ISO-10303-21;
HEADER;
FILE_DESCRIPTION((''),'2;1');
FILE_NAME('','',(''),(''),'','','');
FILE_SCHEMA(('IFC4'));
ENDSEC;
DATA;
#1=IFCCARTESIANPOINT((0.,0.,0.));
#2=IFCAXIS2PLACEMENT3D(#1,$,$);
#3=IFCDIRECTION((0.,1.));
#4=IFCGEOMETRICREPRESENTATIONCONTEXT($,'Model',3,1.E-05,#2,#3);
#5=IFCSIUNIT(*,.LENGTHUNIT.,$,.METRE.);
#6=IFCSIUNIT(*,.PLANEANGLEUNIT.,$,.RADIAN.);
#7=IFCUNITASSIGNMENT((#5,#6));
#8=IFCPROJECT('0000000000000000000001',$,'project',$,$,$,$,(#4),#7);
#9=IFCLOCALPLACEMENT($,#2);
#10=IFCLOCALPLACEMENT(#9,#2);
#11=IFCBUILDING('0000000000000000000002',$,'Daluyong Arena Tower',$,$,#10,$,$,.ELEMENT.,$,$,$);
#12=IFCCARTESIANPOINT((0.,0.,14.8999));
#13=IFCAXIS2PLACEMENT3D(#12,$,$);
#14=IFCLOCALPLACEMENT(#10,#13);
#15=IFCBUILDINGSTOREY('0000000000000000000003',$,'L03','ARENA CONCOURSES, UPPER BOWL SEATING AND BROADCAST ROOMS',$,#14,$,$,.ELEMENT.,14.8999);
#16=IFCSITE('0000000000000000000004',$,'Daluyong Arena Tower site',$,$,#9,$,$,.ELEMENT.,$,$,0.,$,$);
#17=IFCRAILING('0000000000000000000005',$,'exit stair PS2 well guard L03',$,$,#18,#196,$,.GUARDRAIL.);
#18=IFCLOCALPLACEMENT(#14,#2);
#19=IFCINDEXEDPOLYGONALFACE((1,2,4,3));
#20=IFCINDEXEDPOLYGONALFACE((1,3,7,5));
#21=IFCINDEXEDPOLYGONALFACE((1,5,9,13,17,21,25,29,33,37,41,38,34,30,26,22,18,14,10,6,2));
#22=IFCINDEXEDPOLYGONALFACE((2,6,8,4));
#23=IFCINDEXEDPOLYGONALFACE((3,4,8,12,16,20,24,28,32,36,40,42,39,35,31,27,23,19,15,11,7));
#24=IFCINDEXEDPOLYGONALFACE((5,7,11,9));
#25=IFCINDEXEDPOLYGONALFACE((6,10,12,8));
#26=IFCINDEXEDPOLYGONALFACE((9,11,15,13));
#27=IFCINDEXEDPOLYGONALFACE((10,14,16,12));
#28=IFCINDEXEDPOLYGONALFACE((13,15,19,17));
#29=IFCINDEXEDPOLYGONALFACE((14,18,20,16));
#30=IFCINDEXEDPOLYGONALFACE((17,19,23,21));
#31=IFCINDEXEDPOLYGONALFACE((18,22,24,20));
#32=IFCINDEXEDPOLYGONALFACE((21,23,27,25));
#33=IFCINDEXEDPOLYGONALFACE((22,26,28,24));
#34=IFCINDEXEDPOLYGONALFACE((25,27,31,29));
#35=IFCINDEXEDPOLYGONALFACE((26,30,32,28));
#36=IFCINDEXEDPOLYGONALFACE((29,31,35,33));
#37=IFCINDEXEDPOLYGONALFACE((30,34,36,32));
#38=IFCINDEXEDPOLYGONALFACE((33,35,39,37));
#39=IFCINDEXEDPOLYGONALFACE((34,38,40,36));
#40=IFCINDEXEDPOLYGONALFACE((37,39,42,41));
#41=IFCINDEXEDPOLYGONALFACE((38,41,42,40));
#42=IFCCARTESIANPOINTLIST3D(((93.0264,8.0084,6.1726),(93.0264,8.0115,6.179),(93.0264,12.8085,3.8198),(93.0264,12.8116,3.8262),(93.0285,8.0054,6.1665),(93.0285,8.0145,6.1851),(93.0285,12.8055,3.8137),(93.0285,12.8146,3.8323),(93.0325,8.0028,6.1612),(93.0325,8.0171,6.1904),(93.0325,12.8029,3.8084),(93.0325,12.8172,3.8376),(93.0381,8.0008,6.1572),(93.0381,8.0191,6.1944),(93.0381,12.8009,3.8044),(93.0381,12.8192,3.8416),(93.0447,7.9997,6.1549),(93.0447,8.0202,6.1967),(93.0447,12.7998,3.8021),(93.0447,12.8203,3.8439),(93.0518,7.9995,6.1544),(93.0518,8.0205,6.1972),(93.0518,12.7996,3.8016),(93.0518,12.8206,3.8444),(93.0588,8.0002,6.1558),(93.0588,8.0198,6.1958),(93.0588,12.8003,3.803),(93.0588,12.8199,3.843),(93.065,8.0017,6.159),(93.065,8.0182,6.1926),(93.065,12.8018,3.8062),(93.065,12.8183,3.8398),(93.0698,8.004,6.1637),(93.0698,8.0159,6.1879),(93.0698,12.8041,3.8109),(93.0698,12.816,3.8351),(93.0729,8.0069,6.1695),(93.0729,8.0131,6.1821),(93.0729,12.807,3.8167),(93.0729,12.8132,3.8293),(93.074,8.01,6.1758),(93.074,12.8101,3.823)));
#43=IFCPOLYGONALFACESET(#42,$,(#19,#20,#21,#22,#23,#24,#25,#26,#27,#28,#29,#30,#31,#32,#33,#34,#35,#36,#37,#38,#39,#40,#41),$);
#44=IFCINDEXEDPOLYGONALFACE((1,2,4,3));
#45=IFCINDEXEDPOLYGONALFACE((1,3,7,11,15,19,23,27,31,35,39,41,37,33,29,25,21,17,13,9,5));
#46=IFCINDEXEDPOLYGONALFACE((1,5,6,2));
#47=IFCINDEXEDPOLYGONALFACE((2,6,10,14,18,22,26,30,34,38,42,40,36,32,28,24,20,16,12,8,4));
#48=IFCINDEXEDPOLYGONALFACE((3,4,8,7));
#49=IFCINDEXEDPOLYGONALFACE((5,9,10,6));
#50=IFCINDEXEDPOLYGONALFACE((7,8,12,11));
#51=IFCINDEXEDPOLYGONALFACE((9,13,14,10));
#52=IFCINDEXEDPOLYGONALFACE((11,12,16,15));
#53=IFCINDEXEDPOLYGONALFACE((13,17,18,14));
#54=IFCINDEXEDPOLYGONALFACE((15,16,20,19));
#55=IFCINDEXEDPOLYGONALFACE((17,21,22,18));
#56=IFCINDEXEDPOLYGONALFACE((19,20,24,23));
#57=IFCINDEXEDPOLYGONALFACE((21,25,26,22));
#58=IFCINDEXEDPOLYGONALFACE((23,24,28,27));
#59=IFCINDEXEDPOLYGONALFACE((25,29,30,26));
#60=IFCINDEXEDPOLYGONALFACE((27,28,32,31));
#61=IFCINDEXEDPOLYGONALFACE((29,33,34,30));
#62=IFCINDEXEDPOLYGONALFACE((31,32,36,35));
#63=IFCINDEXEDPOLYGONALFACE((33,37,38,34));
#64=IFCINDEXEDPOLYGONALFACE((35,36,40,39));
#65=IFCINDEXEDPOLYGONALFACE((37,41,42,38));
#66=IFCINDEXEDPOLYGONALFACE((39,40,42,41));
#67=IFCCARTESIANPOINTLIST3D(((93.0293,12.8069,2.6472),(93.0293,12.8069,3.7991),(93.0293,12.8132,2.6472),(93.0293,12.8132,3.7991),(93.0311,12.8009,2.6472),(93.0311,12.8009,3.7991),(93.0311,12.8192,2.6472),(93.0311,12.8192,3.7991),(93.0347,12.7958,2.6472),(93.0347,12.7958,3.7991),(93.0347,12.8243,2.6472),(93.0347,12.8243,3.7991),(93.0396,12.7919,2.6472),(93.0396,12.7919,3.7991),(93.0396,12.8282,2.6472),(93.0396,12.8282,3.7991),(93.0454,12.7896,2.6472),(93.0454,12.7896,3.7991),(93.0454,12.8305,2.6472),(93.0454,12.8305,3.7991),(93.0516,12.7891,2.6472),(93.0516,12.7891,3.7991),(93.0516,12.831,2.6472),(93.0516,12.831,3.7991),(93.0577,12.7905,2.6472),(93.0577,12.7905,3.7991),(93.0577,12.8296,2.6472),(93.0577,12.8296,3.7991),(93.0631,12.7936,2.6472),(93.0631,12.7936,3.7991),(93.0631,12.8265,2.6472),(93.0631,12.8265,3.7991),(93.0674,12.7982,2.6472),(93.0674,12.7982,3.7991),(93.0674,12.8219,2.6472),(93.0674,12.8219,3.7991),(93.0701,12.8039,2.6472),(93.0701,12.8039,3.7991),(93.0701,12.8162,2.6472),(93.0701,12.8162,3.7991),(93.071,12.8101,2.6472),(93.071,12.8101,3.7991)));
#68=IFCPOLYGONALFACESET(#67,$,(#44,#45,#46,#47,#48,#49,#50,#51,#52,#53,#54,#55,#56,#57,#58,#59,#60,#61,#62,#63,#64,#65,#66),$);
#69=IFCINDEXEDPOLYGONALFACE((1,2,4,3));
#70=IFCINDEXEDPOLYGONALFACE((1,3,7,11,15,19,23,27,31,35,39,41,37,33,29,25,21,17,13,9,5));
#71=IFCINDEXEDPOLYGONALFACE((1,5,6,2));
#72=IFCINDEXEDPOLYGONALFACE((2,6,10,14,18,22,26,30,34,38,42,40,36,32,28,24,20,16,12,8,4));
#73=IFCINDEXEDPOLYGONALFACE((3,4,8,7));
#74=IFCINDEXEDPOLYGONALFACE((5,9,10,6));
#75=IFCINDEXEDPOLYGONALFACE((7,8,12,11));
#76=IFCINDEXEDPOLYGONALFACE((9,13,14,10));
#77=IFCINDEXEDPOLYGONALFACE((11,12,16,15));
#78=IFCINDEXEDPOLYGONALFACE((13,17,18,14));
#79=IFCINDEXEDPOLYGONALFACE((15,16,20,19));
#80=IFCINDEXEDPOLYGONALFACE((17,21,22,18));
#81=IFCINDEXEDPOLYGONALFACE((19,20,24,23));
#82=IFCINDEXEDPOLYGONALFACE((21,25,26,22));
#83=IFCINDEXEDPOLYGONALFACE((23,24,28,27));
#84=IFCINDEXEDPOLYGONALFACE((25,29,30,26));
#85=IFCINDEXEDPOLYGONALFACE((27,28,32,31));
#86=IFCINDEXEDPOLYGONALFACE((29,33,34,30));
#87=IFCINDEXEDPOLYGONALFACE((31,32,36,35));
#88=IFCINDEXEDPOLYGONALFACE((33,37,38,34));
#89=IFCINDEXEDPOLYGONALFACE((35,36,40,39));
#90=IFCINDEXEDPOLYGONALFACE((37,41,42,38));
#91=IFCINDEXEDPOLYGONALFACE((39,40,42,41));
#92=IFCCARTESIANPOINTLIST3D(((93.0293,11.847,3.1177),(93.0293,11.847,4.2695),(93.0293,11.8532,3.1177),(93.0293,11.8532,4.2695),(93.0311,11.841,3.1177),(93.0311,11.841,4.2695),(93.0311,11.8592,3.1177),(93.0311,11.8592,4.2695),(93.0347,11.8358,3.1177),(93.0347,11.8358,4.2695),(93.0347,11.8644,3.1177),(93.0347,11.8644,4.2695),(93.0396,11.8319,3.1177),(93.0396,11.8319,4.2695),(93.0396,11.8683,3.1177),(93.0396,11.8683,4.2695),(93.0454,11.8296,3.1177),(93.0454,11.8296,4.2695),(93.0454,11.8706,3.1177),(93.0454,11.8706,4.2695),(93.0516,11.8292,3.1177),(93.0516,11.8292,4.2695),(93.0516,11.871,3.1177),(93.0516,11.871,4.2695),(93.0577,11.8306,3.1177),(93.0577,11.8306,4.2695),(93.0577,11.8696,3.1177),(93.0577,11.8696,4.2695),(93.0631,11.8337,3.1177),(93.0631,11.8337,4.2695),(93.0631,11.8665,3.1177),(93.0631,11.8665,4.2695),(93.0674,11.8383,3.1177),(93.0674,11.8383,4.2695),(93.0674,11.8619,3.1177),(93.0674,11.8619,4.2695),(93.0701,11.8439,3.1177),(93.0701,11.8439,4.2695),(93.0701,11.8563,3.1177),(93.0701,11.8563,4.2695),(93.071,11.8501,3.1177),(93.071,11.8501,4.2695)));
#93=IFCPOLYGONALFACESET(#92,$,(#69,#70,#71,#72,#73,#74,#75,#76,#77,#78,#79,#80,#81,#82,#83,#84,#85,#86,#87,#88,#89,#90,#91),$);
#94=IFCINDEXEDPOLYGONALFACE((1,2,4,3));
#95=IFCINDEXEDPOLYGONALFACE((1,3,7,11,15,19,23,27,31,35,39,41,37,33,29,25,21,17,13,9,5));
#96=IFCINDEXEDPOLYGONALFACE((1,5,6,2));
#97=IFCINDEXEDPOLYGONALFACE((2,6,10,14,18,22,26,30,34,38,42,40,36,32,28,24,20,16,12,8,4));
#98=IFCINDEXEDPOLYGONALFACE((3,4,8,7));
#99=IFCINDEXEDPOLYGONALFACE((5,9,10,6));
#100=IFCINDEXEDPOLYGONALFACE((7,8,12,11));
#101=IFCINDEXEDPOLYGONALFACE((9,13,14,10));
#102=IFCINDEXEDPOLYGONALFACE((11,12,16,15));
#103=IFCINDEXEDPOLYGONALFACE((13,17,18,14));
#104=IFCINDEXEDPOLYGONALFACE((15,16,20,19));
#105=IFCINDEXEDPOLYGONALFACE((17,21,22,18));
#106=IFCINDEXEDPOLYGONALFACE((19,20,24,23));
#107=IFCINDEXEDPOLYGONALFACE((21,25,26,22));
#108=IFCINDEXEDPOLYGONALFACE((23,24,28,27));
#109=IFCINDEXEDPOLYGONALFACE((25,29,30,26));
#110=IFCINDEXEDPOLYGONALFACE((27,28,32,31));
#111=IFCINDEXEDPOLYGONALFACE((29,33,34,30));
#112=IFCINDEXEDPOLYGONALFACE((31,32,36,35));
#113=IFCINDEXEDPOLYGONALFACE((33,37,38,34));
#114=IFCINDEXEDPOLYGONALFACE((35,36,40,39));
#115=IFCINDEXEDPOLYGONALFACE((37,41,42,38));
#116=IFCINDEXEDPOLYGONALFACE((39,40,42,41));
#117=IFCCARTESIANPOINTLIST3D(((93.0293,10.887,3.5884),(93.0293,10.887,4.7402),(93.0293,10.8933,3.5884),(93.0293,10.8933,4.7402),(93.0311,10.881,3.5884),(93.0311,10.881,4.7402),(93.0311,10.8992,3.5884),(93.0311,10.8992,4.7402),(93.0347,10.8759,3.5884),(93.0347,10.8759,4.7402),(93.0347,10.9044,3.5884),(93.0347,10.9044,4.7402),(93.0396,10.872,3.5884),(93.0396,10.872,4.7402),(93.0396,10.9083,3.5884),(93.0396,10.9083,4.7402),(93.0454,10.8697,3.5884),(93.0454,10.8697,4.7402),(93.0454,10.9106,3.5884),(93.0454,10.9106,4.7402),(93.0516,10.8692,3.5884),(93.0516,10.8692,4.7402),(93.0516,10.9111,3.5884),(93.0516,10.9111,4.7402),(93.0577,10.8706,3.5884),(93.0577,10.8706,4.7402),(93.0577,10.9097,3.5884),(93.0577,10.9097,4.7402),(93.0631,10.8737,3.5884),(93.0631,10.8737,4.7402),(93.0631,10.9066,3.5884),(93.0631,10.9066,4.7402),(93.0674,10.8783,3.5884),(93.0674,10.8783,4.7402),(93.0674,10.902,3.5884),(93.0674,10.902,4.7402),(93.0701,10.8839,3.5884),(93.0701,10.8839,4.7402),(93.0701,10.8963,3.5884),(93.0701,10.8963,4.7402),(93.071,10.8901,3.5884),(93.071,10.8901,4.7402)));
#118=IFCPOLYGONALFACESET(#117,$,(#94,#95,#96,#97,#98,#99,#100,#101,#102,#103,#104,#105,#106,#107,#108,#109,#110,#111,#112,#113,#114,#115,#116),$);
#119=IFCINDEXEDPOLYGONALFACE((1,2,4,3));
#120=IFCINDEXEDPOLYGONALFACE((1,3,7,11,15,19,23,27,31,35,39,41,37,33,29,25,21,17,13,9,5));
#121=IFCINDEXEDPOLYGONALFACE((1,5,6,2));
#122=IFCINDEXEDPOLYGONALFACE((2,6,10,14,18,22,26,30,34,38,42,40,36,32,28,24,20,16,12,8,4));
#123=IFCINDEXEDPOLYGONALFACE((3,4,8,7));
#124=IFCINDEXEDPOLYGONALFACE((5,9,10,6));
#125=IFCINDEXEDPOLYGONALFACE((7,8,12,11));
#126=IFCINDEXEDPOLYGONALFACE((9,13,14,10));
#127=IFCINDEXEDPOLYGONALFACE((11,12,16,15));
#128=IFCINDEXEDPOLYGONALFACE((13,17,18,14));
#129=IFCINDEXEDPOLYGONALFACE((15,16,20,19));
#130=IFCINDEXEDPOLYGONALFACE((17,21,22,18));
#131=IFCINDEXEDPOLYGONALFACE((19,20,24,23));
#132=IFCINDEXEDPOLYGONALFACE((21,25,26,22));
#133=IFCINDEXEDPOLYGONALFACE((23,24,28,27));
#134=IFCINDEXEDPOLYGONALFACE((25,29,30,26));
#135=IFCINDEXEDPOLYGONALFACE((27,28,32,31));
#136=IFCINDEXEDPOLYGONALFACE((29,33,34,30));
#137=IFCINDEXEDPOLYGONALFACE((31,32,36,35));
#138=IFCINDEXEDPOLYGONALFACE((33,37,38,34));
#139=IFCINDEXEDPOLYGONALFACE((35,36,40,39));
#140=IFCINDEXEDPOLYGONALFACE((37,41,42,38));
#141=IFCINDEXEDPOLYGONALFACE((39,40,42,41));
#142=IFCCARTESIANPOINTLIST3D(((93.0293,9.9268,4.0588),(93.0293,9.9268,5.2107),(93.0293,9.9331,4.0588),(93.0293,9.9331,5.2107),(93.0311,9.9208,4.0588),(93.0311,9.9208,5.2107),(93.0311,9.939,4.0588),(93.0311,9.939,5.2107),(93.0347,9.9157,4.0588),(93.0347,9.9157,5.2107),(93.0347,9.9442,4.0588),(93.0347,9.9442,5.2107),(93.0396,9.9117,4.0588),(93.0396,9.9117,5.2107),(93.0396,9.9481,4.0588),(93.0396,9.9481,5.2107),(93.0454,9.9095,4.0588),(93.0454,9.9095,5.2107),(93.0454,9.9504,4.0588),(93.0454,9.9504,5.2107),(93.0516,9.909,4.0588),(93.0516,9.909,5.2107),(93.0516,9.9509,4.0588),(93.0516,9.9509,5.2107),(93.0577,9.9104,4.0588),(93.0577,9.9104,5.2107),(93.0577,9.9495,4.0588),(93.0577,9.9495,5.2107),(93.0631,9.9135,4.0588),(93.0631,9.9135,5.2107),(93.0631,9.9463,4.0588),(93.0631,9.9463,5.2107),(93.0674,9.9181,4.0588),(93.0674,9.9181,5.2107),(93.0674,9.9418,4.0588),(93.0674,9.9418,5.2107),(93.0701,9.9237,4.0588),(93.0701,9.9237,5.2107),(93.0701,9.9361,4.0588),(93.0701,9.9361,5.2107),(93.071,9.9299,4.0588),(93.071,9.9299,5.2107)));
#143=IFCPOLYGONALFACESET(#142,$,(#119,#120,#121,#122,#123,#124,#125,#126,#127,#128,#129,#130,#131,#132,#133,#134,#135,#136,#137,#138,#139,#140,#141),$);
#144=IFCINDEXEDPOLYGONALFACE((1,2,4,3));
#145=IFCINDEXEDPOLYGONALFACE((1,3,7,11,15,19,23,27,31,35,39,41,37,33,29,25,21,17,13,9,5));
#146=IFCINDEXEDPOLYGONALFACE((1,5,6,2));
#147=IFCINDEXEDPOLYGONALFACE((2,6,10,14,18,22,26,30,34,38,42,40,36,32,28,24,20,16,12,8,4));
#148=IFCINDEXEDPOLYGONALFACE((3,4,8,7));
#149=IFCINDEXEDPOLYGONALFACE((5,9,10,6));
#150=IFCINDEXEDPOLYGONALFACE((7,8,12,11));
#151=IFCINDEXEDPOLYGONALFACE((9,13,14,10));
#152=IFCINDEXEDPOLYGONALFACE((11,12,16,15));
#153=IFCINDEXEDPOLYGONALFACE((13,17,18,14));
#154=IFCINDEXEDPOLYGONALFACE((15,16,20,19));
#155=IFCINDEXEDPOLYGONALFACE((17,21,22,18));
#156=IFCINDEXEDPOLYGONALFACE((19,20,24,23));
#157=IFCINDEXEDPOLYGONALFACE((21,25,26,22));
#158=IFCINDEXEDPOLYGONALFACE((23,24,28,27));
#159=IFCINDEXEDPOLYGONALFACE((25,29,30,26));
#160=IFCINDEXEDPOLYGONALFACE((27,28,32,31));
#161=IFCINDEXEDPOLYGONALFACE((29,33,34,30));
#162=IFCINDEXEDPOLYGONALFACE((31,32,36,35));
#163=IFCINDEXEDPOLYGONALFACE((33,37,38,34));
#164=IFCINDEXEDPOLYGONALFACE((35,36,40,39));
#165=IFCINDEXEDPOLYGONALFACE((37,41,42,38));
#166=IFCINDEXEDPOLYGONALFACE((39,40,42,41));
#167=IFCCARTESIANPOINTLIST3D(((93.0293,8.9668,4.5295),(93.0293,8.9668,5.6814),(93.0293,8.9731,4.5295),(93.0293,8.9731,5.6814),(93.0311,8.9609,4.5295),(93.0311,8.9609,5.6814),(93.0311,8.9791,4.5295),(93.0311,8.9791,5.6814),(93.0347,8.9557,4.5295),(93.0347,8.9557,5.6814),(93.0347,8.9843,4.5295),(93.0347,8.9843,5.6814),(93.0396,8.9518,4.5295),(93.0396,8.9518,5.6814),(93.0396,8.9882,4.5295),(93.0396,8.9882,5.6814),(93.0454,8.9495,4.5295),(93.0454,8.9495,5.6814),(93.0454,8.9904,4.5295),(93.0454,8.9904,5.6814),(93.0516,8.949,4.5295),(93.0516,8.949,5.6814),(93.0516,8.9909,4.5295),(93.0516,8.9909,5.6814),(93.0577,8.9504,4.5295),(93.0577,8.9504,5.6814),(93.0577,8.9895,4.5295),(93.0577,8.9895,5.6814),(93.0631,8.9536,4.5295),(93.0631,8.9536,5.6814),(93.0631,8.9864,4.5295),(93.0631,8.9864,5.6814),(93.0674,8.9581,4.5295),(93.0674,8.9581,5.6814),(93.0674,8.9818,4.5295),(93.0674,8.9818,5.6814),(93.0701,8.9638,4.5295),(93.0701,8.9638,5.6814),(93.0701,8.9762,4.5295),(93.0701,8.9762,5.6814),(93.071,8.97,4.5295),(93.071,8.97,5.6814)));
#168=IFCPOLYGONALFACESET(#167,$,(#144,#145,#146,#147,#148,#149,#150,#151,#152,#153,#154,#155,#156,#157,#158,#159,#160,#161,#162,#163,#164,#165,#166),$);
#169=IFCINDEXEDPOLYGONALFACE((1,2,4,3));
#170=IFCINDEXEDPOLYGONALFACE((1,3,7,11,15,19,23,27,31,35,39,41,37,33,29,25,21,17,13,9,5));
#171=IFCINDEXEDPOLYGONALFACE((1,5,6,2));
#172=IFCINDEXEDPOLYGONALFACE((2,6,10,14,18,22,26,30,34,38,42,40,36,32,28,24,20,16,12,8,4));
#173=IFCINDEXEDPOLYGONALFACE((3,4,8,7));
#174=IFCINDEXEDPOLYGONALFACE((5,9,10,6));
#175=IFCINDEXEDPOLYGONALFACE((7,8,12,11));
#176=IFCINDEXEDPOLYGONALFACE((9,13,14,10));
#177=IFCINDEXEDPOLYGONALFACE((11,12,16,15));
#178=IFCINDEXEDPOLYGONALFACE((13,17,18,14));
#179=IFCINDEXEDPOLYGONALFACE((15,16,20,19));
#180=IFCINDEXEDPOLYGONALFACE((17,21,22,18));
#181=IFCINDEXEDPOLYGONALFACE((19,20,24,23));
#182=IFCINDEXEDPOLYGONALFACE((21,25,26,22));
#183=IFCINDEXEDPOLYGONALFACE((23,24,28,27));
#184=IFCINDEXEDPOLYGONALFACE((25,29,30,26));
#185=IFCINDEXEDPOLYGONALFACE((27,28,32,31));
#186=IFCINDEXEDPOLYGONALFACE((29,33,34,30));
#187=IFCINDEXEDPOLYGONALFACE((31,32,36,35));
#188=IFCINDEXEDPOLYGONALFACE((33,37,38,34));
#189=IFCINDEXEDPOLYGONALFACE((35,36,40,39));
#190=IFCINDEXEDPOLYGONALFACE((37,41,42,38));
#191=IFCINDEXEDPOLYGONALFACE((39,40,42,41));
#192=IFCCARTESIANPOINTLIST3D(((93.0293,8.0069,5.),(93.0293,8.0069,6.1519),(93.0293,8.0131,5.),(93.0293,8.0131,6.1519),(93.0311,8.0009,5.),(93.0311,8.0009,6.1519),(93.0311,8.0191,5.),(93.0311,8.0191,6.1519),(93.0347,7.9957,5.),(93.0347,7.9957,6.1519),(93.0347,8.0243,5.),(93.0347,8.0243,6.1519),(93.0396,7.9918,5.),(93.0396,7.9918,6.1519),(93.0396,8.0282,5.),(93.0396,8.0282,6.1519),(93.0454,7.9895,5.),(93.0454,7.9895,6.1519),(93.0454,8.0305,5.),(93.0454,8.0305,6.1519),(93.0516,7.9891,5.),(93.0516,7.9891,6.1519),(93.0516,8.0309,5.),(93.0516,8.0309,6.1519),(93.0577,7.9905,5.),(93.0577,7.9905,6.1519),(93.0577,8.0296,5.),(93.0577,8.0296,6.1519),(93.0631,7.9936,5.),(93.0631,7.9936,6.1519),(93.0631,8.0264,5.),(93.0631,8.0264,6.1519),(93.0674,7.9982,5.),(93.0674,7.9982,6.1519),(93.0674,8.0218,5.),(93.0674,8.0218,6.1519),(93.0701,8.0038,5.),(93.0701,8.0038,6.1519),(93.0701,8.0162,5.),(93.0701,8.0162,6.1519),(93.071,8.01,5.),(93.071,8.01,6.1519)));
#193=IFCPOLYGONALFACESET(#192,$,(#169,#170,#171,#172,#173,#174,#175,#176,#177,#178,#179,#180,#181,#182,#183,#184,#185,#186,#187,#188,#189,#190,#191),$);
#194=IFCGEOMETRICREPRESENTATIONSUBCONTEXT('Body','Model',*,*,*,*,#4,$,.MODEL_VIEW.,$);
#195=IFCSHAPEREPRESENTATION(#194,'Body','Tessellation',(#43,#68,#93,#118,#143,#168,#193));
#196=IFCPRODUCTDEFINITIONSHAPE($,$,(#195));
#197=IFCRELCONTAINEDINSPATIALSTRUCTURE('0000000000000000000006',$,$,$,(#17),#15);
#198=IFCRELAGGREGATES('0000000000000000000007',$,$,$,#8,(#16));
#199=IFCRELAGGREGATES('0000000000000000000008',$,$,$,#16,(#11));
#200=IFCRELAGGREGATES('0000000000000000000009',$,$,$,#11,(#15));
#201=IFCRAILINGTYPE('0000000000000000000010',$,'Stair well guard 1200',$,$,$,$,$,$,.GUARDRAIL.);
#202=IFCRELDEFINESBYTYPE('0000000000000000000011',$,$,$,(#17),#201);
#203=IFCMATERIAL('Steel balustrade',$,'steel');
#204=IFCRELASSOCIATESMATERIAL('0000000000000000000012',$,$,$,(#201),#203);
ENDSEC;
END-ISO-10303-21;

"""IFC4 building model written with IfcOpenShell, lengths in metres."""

from ifc_helpers import new_model, si_unit, direction, frame, origin, origin_2d, place, context, subcontext, project, spatial, circle, extrude, material, type_object, element, save


model = new_model("IFC4")

# Units and contexts
model_context = context("Model", 3, precision=1e-05, world=origin(), true_north=direction((0.0, 1.0)))
body_context = subcontext(model_context, "Body", "Model", "MODEL_VIEW")
ifc_project = project(units=[si_unit("LENGTHUNIT", "METRE"), si_unit("PLANEANGLEUNIT", "RADIAN")], contexts=[model_context])

# Site, building, storey
site_placement = place(None, origin())
site = spatial("IfcSite", under=ifc_project, at=site_placement, Name="Daluyong Arena Tower site", CompositionType="ELEMENT", RefElevation=0.0)
building_placement = place(site_placement, origin())
building = spatial("IfcBuilding", under=site, at=building_placement, Name="Daluyong Arena Tower", CompositionType="ELEMENT")
storey_placement = place(building_placement, frame((0.0, 0.0, 14.8999)))
storey = spatial("IfcBuildingStorey", under=building, at=storey_placement, Name="L03", Description="ARENA CONCOURSES, UPPER BOWL SEATING AND BROADCAST ROOMS", CompositionType="ELEMENT", Elevation=14.8999)

# Railing
ifc_material_1 = material(Name="Steel balustrade", Category="steel")
railing_type_1 = type_object("IfcRailingType", Name="Stair well guard 1200", PredefinedType="GUARDRAIL", material=ifc_material_1)
railing_1_placement = place(storey_placement, frame((93.05, 12.8101, 2.6472)))
element("IfcRailing", 1, at=railing_1_placement, inside=storey, type_object=railing_type_1, Name="exit stair PS2 well guard L03", PredefinedType="GUARDRAIL", context=body_context, shape_type="SweptSolid", body=[
    extrude(circle(Radius=0.0239, at=origin_2d()), frame((0.0, 0.0, 1.1758), z_axis=(0.0, -0.897934, 0.44013), x_axis=(1.0, 0.0, 0.0)), (0.0, 0.0, 1.0), 5.3457),
    extrude(circle(Radius=0.021, at=origin_2d()), origin(), (0.0, 0.0, 1.0), 1.1519),
    extrude(circle(Radius=0.021, at=origin_2d()), frame((0.0, -0.96, 0.4705)), (0.0, 0.0, 1.0), 1.1519),
    extrude(circle(Radius=0.021, at=origin_2d()), frame((0.0, -1.9199, 0.9412)), (0.0, 0.0, 1.0), 1.1519),
    extrude(circle(Radius=0.021, at=origin_2d()), frame((0.0, -2.8801, 1.4116)), (0.0, 0.0, 1.0), 1.1519),
    extrude(circle(Radius=0.021, at=origin_2d()), frame((0.0, -3.8401, 1.8823)), (0.0, 0.0, 1.0), 1.1519),
    extrude(circle(Radius=0.021, at=origin_2d()), frame((0.0, -4.8, 2.3528)), (0.0, 0.0, 1.0), 1.1519),
])

save(model, "model.ifc")
